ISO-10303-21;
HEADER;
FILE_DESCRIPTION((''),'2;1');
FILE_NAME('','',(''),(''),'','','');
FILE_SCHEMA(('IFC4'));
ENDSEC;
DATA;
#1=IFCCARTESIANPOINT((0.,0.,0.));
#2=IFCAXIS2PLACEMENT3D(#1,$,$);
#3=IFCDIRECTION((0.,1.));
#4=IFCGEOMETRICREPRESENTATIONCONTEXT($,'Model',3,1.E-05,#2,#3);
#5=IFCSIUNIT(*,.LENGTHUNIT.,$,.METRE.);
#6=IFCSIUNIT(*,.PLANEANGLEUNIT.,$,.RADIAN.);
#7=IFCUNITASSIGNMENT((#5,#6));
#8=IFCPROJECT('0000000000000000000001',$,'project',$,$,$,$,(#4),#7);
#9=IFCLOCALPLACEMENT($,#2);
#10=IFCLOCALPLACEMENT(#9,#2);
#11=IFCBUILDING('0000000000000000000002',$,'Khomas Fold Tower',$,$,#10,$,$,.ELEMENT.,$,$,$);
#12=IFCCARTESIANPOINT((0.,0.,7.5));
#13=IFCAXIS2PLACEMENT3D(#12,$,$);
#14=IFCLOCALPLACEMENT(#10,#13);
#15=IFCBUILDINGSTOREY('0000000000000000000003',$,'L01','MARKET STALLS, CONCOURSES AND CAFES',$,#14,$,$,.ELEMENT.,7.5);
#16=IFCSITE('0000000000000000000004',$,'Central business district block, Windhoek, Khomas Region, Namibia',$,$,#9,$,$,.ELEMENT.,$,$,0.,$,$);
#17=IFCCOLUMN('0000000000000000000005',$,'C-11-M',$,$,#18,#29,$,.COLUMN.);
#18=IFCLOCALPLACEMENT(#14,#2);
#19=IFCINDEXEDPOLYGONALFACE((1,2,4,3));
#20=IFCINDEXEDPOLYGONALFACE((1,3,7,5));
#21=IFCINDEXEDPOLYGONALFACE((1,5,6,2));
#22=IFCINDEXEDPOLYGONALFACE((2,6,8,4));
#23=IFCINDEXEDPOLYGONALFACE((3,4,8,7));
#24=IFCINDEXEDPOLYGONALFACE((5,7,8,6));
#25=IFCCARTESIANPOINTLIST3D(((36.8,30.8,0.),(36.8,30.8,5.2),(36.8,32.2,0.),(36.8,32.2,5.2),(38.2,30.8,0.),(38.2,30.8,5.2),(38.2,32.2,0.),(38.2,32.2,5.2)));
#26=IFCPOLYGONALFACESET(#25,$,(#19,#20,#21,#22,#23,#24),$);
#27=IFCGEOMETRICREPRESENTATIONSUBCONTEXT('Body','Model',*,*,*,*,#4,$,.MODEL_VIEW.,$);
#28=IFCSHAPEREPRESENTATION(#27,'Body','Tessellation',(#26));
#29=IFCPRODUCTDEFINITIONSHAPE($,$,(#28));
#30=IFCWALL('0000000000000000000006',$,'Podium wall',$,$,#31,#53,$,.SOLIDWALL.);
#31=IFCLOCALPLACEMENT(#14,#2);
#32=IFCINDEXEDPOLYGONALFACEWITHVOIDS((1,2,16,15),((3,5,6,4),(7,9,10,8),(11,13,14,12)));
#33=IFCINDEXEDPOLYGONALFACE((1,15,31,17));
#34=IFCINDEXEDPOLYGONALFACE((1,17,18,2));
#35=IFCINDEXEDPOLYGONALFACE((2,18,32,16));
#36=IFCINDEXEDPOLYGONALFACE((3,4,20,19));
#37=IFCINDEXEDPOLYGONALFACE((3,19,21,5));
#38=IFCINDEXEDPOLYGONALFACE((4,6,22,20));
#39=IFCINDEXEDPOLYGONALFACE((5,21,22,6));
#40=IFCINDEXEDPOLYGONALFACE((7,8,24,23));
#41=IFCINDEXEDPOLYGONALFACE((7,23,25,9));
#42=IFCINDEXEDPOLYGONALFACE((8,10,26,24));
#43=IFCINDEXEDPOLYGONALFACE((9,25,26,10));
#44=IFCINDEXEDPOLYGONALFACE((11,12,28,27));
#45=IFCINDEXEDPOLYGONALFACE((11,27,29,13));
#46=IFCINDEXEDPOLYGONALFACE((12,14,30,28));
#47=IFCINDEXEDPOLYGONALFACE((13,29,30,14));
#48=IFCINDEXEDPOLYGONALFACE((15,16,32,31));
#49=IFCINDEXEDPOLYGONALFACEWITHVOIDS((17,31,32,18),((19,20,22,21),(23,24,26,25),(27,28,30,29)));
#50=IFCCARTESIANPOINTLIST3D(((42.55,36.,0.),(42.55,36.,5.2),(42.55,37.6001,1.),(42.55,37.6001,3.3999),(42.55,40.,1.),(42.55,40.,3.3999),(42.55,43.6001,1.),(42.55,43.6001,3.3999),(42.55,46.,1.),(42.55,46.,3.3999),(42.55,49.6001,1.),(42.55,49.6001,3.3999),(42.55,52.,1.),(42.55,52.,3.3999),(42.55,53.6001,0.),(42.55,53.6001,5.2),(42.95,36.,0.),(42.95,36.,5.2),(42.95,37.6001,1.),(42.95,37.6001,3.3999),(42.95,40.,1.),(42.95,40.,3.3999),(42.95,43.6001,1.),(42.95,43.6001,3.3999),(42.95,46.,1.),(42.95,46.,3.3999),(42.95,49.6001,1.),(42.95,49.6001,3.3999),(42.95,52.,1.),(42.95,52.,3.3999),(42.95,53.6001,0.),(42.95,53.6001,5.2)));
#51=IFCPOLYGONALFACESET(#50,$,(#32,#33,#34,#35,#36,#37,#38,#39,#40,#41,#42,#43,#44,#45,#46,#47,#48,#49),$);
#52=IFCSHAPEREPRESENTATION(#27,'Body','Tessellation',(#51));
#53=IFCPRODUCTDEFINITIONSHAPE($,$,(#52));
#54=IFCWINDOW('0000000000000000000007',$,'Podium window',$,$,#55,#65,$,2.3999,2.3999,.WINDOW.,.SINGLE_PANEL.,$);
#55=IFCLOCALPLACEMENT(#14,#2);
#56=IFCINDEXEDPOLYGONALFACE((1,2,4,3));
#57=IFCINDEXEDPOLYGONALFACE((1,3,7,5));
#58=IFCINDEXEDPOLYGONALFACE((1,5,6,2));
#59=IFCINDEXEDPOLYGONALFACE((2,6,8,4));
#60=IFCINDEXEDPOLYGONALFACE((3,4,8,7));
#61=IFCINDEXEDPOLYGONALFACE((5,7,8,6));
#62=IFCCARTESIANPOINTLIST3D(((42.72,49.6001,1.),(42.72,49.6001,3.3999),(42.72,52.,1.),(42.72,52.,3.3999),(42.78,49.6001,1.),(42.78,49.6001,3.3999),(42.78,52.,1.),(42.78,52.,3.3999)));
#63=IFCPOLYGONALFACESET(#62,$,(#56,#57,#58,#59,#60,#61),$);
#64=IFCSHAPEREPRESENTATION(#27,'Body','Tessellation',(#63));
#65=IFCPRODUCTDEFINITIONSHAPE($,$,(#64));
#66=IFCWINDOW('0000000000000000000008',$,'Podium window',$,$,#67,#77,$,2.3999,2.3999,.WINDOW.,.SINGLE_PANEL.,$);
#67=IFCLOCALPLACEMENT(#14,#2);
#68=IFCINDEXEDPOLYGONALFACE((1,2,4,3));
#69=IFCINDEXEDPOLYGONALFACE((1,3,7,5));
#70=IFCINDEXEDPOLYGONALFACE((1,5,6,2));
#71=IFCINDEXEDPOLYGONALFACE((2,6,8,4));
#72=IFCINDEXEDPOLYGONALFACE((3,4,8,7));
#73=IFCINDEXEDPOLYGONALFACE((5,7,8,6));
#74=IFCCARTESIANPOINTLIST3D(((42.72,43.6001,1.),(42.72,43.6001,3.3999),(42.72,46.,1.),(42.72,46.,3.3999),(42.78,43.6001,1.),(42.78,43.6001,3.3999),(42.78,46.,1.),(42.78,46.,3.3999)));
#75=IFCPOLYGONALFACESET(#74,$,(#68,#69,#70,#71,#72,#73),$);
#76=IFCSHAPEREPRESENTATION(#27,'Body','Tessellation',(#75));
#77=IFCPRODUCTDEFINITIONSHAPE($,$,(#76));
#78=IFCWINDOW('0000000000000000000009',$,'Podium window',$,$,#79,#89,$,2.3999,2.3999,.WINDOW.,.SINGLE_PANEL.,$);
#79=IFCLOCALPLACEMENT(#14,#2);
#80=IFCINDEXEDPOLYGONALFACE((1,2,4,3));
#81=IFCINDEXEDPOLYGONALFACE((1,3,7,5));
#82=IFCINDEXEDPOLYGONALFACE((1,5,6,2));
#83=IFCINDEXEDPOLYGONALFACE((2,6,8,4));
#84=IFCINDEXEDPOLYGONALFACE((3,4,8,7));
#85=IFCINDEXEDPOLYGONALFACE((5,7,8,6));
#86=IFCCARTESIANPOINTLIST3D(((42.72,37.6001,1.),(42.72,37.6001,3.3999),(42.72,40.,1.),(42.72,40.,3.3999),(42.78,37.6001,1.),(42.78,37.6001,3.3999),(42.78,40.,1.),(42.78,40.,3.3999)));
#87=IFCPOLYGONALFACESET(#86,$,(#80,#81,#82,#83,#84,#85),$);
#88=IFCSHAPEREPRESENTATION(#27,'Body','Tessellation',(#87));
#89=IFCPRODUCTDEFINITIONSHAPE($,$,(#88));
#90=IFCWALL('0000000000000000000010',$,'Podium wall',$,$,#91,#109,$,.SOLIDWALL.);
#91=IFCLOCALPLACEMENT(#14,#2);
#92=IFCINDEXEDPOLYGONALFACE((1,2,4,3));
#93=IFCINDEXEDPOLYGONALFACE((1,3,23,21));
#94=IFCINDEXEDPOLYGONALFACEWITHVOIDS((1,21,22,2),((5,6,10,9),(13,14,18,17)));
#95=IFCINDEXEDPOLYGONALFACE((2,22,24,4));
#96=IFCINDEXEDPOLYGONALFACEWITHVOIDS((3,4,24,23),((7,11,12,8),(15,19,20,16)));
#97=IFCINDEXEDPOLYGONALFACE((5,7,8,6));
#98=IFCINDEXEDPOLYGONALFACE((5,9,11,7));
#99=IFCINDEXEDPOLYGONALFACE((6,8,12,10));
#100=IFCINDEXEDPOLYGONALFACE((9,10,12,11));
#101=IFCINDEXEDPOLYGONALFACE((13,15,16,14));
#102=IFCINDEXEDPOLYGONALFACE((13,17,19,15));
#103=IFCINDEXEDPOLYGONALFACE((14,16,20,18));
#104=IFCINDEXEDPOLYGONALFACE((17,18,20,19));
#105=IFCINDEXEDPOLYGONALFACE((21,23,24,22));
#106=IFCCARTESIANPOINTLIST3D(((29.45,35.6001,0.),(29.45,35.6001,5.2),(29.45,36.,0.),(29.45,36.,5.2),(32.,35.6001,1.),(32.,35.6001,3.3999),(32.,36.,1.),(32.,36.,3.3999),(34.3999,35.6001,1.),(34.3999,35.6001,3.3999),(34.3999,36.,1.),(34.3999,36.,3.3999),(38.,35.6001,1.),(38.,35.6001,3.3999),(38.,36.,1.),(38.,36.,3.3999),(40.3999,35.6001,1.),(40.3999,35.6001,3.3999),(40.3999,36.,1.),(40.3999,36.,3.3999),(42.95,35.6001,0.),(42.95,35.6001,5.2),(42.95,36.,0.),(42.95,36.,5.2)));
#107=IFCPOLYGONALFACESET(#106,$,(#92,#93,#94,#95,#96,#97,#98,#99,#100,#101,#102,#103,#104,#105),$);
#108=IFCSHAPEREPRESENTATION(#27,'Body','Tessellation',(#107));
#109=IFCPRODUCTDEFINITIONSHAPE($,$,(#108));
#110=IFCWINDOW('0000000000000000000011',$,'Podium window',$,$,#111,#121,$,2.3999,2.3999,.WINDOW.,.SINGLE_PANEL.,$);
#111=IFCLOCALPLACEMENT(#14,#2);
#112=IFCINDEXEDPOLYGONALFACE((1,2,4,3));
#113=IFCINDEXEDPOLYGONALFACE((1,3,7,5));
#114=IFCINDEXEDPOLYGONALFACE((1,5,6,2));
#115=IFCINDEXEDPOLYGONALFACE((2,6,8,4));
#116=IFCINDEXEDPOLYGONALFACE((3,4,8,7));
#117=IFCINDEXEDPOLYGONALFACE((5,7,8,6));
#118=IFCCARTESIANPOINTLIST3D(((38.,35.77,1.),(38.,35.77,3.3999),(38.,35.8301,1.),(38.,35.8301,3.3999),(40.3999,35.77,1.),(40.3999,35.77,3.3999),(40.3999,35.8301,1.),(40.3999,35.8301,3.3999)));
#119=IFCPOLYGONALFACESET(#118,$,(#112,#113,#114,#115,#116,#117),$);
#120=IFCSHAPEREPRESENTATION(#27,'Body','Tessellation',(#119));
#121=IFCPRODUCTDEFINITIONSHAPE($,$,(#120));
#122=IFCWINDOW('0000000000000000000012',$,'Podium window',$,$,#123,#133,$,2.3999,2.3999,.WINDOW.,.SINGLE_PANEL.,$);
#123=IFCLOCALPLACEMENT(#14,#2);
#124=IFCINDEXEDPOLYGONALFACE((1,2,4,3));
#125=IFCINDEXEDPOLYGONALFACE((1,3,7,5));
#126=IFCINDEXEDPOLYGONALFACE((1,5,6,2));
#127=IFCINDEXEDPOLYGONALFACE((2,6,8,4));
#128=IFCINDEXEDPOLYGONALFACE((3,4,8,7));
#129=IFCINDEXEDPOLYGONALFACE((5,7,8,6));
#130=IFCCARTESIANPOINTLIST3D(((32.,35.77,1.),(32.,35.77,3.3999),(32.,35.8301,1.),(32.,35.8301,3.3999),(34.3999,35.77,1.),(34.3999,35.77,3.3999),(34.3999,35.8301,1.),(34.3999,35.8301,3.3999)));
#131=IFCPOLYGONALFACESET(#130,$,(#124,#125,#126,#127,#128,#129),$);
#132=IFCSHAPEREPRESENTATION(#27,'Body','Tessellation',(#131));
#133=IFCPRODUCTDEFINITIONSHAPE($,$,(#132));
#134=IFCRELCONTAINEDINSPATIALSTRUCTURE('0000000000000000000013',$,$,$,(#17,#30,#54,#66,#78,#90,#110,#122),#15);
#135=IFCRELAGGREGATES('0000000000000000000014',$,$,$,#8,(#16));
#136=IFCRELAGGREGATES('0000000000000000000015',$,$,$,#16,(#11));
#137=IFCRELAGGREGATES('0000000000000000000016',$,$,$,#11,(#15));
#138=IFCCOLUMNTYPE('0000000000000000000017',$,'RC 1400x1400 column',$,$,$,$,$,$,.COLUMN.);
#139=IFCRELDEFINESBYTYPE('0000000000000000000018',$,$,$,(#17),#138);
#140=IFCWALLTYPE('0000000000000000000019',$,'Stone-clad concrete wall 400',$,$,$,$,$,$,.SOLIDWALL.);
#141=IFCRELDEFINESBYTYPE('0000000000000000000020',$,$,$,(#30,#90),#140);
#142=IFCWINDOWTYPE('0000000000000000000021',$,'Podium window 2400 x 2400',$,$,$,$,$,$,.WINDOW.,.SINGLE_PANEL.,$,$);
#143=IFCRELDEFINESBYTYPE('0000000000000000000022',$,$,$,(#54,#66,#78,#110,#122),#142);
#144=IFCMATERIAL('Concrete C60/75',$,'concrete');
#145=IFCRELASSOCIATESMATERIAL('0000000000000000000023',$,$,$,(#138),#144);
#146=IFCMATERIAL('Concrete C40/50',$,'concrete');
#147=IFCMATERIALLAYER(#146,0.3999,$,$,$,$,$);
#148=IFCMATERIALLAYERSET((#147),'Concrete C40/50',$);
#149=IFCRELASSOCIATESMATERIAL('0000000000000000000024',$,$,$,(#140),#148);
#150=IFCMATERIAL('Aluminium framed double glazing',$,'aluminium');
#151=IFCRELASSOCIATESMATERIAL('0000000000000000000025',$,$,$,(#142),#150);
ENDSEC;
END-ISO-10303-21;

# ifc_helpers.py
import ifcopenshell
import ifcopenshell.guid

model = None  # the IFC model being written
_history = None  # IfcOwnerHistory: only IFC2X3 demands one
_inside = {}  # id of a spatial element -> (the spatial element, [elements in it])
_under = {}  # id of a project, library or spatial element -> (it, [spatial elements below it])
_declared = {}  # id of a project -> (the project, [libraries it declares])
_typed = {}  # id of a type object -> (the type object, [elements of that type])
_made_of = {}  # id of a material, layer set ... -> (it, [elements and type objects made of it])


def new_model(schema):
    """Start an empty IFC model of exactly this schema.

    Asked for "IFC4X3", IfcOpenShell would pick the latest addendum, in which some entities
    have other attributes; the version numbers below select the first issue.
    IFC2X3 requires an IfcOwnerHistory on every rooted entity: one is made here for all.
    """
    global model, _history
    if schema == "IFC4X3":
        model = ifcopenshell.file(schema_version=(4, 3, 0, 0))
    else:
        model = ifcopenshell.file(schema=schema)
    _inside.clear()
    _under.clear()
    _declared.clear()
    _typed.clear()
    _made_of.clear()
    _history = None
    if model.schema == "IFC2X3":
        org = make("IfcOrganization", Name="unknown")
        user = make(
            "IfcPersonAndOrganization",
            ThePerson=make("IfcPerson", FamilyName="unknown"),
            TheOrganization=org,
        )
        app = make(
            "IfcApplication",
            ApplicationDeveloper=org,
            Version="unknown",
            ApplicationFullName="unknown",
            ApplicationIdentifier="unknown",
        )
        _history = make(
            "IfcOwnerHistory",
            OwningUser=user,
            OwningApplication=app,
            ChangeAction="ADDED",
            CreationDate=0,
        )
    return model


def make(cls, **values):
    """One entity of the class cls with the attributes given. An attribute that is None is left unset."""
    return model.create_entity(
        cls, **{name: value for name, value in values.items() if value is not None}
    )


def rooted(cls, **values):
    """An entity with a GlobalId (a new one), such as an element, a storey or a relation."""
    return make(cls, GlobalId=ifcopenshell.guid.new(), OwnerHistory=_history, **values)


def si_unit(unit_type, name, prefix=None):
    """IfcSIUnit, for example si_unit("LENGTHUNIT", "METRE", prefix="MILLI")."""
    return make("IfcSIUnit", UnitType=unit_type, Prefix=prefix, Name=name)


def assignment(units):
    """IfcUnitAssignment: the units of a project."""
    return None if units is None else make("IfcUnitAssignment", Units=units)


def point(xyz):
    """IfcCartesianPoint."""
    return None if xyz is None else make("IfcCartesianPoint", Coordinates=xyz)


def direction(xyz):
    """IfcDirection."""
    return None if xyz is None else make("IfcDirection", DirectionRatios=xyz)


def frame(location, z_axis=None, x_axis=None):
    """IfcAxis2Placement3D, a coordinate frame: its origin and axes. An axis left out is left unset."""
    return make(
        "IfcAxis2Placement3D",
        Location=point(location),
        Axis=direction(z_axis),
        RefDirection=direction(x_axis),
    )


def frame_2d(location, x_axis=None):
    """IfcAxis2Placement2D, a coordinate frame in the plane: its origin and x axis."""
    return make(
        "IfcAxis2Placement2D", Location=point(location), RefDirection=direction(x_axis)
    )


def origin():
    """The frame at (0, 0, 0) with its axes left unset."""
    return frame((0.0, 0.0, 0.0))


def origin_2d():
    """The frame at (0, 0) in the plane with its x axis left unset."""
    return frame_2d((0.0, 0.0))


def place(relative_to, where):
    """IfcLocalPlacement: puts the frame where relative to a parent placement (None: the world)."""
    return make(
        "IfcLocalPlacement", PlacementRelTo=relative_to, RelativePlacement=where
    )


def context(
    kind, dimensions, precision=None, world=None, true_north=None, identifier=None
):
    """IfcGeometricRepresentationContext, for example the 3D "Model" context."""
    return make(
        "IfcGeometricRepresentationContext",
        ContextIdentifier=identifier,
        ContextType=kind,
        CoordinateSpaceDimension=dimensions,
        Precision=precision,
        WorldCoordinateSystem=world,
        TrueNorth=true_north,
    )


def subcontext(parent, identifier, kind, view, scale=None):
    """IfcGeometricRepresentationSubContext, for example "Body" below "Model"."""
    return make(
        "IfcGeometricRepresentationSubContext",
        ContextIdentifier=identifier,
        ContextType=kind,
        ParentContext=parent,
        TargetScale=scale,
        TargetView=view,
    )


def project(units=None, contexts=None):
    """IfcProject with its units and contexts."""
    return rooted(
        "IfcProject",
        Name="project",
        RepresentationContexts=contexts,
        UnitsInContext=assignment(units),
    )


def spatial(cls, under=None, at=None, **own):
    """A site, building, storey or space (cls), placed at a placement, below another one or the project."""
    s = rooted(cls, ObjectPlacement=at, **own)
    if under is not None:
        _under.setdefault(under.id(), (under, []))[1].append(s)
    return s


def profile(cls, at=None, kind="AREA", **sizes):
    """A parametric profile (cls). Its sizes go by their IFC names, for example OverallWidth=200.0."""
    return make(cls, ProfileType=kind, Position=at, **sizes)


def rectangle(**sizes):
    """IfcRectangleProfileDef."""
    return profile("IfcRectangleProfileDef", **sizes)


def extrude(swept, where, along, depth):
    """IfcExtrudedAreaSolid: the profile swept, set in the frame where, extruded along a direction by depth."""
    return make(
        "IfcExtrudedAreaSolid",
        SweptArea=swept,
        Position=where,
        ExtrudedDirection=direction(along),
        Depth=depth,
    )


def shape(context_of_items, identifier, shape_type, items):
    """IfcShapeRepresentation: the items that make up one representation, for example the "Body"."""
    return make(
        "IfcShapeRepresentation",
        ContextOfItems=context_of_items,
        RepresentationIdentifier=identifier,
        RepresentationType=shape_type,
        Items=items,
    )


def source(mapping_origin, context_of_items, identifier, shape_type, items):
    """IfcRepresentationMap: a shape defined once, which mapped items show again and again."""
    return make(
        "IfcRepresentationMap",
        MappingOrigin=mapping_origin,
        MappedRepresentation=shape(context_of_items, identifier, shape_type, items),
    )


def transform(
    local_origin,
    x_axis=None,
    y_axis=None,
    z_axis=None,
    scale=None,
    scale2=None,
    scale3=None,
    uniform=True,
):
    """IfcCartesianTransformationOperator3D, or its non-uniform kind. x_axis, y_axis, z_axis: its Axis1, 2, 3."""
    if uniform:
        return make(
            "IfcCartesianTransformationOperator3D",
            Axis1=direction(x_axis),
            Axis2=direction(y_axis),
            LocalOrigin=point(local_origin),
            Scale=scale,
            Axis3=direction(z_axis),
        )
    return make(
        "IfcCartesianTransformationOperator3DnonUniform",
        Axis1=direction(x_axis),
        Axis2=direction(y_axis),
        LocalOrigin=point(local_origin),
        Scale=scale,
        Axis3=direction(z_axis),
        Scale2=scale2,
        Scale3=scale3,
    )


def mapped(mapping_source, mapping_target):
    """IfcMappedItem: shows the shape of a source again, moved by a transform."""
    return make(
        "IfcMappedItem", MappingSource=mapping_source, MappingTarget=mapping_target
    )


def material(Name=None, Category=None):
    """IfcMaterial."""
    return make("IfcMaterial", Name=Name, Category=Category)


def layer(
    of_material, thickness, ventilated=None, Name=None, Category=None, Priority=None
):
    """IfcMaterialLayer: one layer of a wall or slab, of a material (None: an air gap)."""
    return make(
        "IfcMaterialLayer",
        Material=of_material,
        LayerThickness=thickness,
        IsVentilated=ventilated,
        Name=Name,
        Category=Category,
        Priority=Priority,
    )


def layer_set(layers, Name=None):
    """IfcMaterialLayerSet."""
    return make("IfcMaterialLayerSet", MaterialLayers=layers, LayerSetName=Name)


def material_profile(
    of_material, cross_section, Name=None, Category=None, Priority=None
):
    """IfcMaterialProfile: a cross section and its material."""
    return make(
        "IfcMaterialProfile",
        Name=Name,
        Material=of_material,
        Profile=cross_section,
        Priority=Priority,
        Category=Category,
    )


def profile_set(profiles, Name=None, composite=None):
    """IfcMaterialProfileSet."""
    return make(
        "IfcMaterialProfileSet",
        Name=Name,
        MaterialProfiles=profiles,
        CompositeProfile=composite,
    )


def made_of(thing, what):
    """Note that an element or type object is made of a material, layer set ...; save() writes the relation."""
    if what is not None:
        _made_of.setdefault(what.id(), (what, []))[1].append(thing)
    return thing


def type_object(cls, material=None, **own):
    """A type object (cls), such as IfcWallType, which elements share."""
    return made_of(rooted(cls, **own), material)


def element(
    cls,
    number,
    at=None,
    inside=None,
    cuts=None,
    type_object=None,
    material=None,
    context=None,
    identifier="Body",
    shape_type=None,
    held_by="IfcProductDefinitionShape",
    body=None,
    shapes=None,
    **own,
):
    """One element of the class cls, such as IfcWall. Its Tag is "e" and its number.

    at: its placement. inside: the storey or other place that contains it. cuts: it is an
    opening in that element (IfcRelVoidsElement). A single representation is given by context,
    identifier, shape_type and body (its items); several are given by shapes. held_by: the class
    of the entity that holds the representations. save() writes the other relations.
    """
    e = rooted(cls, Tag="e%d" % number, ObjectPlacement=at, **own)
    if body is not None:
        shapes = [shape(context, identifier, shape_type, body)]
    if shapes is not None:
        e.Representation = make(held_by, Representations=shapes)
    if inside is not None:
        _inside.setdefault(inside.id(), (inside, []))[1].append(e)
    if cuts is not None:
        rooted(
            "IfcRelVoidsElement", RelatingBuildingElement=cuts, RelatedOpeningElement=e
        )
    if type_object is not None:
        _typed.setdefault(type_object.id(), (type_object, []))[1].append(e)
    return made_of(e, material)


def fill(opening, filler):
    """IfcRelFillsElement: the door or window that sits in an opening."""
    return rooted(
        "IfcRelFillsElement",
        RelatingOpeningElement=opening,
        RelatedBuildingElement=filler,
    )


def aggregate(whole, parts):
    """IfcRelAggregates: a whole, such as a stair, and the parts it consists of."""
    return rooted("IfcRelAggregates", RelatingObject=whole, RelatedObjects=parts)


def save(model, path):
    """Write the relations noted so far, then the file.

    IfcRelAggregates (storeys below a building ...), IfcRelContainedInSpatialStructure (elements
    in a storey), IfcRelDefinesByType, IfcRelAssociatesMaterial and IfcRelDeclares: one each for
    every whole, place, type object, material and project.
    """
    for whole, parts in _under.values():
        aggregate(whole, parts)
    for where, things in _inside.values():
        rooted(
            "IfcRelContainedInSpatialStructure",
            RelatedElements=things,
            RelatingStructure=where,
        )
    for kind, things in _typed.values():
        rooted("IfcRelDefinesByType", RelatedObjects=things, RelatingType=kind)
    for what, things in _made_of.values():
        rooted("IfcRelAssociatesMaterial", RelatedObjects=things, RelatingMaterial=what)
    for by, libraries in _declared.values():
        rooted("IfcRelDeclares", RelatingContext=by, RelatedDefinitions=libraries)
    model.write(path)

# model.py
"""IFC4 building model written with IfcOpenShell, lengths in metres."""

from ifc_helpers import new_model, si_unit, direction, frame, frame_2d, origin, origin_2d, place, context, subcontext, project, spatial, rectangle, extrude, source, transform, mapped, material, layer, layer_set, material_profile, profile_set, type_object, element, fill, save


model = new_model("IFC4")

# Units and contexts
model_context = context("Model", 3, precision=1e-05, world=origin(), true_north=direction((0.0, 1.0)))
body_context = subcontext(model_context, "Body", "Model", "MODEL_VIEW")
ifc_project = project(units=[si_unit("LENGTHUNIT", "METRE"), si_unit("PLANEANGLEUNIT", "RADIAN")], contexts=[model_context])

# Site, building, storey
site_placement = place(None, origin())
site = spatial("IfcSite", under=ifc_project, at=site_placement, Name="Central business district block, Windhoek, Khomas Region, Namibia", CompositionType="ELEMENT", RefElevation=0.0)
building_placement = place(site_placement, origin())
building = spatial("IfcBuilding", under=site, at=building_placement, Name="Khomas Fold Tower", CompositionType="ELEMENT")
storey_placement = place(building_placement, frame((0.0, 0.0, 7.5)))
storey = spatial("IfcBuildingStorey", under=building, at=storey_placement, Name="L01", Description="MARKET STALLS, CONCOURSES AND CAFES", CompositionType="ELEMENT", Elevation=7.5)

# Column
ifc_material_1 = material(Name="Concrete C60/75", Category="concrete")
ifc_material_profile = material_profile(ifc_material_1, rectangle(XDim=1.3999, YDim=1.3999, at=origin_2d()), Name="RC 1400x1400")
ifc_profile_set = profile_set([ifc_material_profile], Name="Concrete C60/75")
column_type = type_object("IfcColumnType", Name="RC 1400x1400 column", PredefinedType="COLUMN", material=ifc_profile_set)
shared_shape_1 = source(origin(), body_context, "Body", "SweptSolid", [
    extrude(rectangle(XDim=1.3999, YDim=1.3999, at=origin_2d()), origin(), (0.0, 0.0, 1.0), 5.2),
])
column_placement = place(storey_placement, frame((37.5, 31.5, 0.0), z_axis=(0.0, 0.0, 1.0), x_axis=(1.0, 0.0, 0.0)))
element("IfcColumn", 1, at=column_placement, inside=storey, type_object=column_type, Name="C-11-M", PredefinedType="COLUMN", context=body_context, shape_type="MappedRepresentation", body=[
    mapped(shared_shape_1, transform((0.0, 0.0, 0.0))),
])

# Walls, openings, windows
ifc_material_2 = material(Name="Concrete C40/50", Category="concrete")
ifc_layer_1 = layer(ifc_material_2, 0.3999)
ifc_layer_set_1 = layer_set([ifc_layer_1], Name="Concrete C40/50")
wall_type_1 = type_object("IfcWallType", Name="Stone-clad concrete wall 400", PredefinedType="SOLIDWALL", material=ifc_layer_set_1)
shared_shape_2 = source(origin(), body_context, "Body", "SweptSolid", [
    extrude(rectangle(XDim=17.6001, YDim=0.3999, at=frame_2d((8.8, 0.0))), origin(), (0.0, 0.0, 1.0), 5.2),
])
wall_1_placement = place(storey_placement, frame((42.75, 53.6001, 0.0), z_axis=(0.0, 0.0, 1.0), x_axis=(0.0, -1.0, 0.0)))
wall_1 = element("IfcWall", 2, at=wall_1_placement, inside=storey, type_object=wall_type_1, Name="Podium wall", PredefinedType="SOLIDWALL", context=body_context, shape_type="MappedRepresentation", body=[
    mapped(shared_shape_2, transform((0.0, 0.0, 0.0))),
])
shared_shape_3 = source(origin(), body_context, "Body", "SweptSolid", [
    extrude(rectangle(XDim=2.3999, YDim=2.3999, at=frame_2d((1.2, 1.2))), frame((0.0, 0.21, 0.0), z_axis=(0.0, -1.0, 0.0), x_axis=(1.0, 0.0, 0.0)), (0.0, 0.0, 1.0), 0.4199),
])
opening_1_placement = place(wall_1_placement, frame((1.6001, 0.0, 1.0)))
opening_1 = element("IfcOpeningElement", 3, at=opening_1_placement, cuts=wall_1, PredefinedType="OPENING", context=body_context, shape_type="MappedRepresentation", body=[
    mapped(shared_shape_3, transform((0.0, 0.0, 0.0))),
])
opening_2_placement = place(wall_1_placement, frame((7.6001, 0.0, 1.0)))
opening_2 = element("IfcOpeningElement", 4, at=opening_2_placement, cuts=wall_1, PredefinedType="OPENING", context=body_context, shape_type="MappedRepresentation", body=[
    mapped(shared_shape_3, transform((0.0, 0.0, 0.0))),
])
opening_3_placement = place(wall_1_placement, frame((13.6001, 0.0, 1.0)))
opening_3 = element("IfcOpeningElement", 5, at=opening_3_placement, cuts=wall_1, PredefinedType="OPENING", context=body_context, shape_type="MappedRepresentation", body=[
    mapped(shared_shape_3, transform((0.0, 0.0, 0.0))),
])
ifc_material_3 = material(Name="Aluminium framed double glazing", Category="aluminium")
window_type = type_object("IfcWindowType", Name="Podium window 2400 x 2400", PartitioningType="SINGLE_PANEL", PredefinedType="WINDOW", material=ifc_material_3)
shared_shape_4 = source(origin(), body_context, "Body", "SweptSolid", [
    extrude(rectangle(XDim=2.3999, YDim=2.3999, at=frame_2d((1.2, 1.2))), frame((0.0, 0.03, 0.0), z_axis=(0.0, -1.0, 0.0), x_axis=(1.0, 0.0, 0.0)), (0.0, 0.0, 1.0), 0.0601),
])
window_1_placement = place(opening_1_placement, origin())
window_1 = element("IfcWindow", 6, at=window_1_placement, inside=storey, type_object=window_type, Name="Podium window", OverallHeight=2.3999, OverallWidth=2.3999, PartitioningType="SINGLE_PANEL", PredefinedType="WINDOW", context=body_context, shape_type="MappedRepresentation", body=[
    mapped(shared_shape_4, transform((0.0, 0.0, 0.0))),
])
fill(opening_1, window_1)
window_2_placement = place(opening_2_placement, origin())
window_2 = element("IfcWindow", 7, at=window_2_placement, inside=storey, type_object=window_type, Name="Podium window", OverallHeight=2.3999, OverallWidth=2.3999, PartitioningType="SINGLE_PANEL", PredefinedType="WINDOW", context=body_context, shape_type="MappedRepresentation", body=[
    mapped(shared_shape_4, transform((0.0, 0.0, 0.0))),
])
fill(opening_2, window_2)
window_3_placement = place(opening_3_placement, origin())
window_3 = element("IfcWindow", 8, at=window_3_placement, inside=storey, type_object=window_type, Name="Podium window", OverallHeight=2.3999, OverallWidth=2.3999, PartitioningType="SINGLE_PANEL", PredefinedType="WINDOW", context=body_context, shape_type="MappedRepresentation", body=[
    mapped(shared_shape_4, transform((0.0, 0.0, 0.0))),
])
fill(opening_3, window_3)
shared_shape_5 = source(origin(), body_context, "Body", "SweptSolid", [
    extrude(rectangle(XDim=13.5, YDim=0.3999, at=frame_2d((6.75, 0.0))), origin(), (0.0, 0.0, 1.0), 5.2),
])
wall_2_placement = place(storey_placement, frame((42.95, 35.8, 0.0), z_axis=(0.0, 0.0, 1.0), x_axis=(-1.0, 0.0, 0.0)))
wall_2 = element("IfcWall", 9, at=wall_2_placement, inside=storey, type_object=wall_type_1, Name="Podium wall", PredefinedType="SOLIDWALL", context=body_context, shape_type="MappedRepresentation", body=[
    mapped(shared_shape_5, transform((0.0, 0.0, 0.0))),
])
opening_4_placement = place(wall_2_placement, frame((2.55, 0.0, 1.0)))
opening_4 = element("IfcOpeningElement", 10, at=opening_4_placement, cuts=wall_2, PredefinedType="OPENING", context=body_context, shape_type="MappedRepresentation", body=[
    mapped(shared_shape_3, transform((0.0, 0.0, 0.0))),
])
opening_5_placement = place(wall_2_placement, frame((8.55, 0.0, 1.0)))
opening_5 = element("IfcOpeningElement", 11, at=opening_5_placement, cuts=wall_2, PredefinedType="OPENING", context=body_context, shape_type="MappedRepresentation", body=[
    mapped(shared_shape_3, transform((0.0, 0.0, 0.0))),
])
window_4_placement = place(opening_4_placement, origin())
window_4 = element("IfcWindow", 12, at=window_4_placement, inside=storey, type_object=window_type, Name="Podium window", OverallHeight=2.3999, OverallWidth=2.3999, PartitioningType="SINGLE_PANEL", PredefinedType="WINDOW", context=body_context, shape_type="MappedRepresentation", body=[
    mapped(shared_shape_4, transform((0.0, 0.0, 0.0))),
])
fill(opening_4, window_4)
window_5_placement = place(opening_5_placement, origin())
window_5 = element("IfcWindow", 13, at=window_5_placement, inside=storey, type_object=window_type, Name="Podium window", OverallHeight=2.3999, OverallWidth=2.3999, PartitioningType="SINGLE_PANEL", PredefinedType="WINDOW", context=body_context, shape_type="MappedRepresentation", body=[
    mapped(shared_shape_4, transform((0.0, 0.0, 0.0))),
])
fill(opening_5, window_5)

save(model, "model.ifc")
